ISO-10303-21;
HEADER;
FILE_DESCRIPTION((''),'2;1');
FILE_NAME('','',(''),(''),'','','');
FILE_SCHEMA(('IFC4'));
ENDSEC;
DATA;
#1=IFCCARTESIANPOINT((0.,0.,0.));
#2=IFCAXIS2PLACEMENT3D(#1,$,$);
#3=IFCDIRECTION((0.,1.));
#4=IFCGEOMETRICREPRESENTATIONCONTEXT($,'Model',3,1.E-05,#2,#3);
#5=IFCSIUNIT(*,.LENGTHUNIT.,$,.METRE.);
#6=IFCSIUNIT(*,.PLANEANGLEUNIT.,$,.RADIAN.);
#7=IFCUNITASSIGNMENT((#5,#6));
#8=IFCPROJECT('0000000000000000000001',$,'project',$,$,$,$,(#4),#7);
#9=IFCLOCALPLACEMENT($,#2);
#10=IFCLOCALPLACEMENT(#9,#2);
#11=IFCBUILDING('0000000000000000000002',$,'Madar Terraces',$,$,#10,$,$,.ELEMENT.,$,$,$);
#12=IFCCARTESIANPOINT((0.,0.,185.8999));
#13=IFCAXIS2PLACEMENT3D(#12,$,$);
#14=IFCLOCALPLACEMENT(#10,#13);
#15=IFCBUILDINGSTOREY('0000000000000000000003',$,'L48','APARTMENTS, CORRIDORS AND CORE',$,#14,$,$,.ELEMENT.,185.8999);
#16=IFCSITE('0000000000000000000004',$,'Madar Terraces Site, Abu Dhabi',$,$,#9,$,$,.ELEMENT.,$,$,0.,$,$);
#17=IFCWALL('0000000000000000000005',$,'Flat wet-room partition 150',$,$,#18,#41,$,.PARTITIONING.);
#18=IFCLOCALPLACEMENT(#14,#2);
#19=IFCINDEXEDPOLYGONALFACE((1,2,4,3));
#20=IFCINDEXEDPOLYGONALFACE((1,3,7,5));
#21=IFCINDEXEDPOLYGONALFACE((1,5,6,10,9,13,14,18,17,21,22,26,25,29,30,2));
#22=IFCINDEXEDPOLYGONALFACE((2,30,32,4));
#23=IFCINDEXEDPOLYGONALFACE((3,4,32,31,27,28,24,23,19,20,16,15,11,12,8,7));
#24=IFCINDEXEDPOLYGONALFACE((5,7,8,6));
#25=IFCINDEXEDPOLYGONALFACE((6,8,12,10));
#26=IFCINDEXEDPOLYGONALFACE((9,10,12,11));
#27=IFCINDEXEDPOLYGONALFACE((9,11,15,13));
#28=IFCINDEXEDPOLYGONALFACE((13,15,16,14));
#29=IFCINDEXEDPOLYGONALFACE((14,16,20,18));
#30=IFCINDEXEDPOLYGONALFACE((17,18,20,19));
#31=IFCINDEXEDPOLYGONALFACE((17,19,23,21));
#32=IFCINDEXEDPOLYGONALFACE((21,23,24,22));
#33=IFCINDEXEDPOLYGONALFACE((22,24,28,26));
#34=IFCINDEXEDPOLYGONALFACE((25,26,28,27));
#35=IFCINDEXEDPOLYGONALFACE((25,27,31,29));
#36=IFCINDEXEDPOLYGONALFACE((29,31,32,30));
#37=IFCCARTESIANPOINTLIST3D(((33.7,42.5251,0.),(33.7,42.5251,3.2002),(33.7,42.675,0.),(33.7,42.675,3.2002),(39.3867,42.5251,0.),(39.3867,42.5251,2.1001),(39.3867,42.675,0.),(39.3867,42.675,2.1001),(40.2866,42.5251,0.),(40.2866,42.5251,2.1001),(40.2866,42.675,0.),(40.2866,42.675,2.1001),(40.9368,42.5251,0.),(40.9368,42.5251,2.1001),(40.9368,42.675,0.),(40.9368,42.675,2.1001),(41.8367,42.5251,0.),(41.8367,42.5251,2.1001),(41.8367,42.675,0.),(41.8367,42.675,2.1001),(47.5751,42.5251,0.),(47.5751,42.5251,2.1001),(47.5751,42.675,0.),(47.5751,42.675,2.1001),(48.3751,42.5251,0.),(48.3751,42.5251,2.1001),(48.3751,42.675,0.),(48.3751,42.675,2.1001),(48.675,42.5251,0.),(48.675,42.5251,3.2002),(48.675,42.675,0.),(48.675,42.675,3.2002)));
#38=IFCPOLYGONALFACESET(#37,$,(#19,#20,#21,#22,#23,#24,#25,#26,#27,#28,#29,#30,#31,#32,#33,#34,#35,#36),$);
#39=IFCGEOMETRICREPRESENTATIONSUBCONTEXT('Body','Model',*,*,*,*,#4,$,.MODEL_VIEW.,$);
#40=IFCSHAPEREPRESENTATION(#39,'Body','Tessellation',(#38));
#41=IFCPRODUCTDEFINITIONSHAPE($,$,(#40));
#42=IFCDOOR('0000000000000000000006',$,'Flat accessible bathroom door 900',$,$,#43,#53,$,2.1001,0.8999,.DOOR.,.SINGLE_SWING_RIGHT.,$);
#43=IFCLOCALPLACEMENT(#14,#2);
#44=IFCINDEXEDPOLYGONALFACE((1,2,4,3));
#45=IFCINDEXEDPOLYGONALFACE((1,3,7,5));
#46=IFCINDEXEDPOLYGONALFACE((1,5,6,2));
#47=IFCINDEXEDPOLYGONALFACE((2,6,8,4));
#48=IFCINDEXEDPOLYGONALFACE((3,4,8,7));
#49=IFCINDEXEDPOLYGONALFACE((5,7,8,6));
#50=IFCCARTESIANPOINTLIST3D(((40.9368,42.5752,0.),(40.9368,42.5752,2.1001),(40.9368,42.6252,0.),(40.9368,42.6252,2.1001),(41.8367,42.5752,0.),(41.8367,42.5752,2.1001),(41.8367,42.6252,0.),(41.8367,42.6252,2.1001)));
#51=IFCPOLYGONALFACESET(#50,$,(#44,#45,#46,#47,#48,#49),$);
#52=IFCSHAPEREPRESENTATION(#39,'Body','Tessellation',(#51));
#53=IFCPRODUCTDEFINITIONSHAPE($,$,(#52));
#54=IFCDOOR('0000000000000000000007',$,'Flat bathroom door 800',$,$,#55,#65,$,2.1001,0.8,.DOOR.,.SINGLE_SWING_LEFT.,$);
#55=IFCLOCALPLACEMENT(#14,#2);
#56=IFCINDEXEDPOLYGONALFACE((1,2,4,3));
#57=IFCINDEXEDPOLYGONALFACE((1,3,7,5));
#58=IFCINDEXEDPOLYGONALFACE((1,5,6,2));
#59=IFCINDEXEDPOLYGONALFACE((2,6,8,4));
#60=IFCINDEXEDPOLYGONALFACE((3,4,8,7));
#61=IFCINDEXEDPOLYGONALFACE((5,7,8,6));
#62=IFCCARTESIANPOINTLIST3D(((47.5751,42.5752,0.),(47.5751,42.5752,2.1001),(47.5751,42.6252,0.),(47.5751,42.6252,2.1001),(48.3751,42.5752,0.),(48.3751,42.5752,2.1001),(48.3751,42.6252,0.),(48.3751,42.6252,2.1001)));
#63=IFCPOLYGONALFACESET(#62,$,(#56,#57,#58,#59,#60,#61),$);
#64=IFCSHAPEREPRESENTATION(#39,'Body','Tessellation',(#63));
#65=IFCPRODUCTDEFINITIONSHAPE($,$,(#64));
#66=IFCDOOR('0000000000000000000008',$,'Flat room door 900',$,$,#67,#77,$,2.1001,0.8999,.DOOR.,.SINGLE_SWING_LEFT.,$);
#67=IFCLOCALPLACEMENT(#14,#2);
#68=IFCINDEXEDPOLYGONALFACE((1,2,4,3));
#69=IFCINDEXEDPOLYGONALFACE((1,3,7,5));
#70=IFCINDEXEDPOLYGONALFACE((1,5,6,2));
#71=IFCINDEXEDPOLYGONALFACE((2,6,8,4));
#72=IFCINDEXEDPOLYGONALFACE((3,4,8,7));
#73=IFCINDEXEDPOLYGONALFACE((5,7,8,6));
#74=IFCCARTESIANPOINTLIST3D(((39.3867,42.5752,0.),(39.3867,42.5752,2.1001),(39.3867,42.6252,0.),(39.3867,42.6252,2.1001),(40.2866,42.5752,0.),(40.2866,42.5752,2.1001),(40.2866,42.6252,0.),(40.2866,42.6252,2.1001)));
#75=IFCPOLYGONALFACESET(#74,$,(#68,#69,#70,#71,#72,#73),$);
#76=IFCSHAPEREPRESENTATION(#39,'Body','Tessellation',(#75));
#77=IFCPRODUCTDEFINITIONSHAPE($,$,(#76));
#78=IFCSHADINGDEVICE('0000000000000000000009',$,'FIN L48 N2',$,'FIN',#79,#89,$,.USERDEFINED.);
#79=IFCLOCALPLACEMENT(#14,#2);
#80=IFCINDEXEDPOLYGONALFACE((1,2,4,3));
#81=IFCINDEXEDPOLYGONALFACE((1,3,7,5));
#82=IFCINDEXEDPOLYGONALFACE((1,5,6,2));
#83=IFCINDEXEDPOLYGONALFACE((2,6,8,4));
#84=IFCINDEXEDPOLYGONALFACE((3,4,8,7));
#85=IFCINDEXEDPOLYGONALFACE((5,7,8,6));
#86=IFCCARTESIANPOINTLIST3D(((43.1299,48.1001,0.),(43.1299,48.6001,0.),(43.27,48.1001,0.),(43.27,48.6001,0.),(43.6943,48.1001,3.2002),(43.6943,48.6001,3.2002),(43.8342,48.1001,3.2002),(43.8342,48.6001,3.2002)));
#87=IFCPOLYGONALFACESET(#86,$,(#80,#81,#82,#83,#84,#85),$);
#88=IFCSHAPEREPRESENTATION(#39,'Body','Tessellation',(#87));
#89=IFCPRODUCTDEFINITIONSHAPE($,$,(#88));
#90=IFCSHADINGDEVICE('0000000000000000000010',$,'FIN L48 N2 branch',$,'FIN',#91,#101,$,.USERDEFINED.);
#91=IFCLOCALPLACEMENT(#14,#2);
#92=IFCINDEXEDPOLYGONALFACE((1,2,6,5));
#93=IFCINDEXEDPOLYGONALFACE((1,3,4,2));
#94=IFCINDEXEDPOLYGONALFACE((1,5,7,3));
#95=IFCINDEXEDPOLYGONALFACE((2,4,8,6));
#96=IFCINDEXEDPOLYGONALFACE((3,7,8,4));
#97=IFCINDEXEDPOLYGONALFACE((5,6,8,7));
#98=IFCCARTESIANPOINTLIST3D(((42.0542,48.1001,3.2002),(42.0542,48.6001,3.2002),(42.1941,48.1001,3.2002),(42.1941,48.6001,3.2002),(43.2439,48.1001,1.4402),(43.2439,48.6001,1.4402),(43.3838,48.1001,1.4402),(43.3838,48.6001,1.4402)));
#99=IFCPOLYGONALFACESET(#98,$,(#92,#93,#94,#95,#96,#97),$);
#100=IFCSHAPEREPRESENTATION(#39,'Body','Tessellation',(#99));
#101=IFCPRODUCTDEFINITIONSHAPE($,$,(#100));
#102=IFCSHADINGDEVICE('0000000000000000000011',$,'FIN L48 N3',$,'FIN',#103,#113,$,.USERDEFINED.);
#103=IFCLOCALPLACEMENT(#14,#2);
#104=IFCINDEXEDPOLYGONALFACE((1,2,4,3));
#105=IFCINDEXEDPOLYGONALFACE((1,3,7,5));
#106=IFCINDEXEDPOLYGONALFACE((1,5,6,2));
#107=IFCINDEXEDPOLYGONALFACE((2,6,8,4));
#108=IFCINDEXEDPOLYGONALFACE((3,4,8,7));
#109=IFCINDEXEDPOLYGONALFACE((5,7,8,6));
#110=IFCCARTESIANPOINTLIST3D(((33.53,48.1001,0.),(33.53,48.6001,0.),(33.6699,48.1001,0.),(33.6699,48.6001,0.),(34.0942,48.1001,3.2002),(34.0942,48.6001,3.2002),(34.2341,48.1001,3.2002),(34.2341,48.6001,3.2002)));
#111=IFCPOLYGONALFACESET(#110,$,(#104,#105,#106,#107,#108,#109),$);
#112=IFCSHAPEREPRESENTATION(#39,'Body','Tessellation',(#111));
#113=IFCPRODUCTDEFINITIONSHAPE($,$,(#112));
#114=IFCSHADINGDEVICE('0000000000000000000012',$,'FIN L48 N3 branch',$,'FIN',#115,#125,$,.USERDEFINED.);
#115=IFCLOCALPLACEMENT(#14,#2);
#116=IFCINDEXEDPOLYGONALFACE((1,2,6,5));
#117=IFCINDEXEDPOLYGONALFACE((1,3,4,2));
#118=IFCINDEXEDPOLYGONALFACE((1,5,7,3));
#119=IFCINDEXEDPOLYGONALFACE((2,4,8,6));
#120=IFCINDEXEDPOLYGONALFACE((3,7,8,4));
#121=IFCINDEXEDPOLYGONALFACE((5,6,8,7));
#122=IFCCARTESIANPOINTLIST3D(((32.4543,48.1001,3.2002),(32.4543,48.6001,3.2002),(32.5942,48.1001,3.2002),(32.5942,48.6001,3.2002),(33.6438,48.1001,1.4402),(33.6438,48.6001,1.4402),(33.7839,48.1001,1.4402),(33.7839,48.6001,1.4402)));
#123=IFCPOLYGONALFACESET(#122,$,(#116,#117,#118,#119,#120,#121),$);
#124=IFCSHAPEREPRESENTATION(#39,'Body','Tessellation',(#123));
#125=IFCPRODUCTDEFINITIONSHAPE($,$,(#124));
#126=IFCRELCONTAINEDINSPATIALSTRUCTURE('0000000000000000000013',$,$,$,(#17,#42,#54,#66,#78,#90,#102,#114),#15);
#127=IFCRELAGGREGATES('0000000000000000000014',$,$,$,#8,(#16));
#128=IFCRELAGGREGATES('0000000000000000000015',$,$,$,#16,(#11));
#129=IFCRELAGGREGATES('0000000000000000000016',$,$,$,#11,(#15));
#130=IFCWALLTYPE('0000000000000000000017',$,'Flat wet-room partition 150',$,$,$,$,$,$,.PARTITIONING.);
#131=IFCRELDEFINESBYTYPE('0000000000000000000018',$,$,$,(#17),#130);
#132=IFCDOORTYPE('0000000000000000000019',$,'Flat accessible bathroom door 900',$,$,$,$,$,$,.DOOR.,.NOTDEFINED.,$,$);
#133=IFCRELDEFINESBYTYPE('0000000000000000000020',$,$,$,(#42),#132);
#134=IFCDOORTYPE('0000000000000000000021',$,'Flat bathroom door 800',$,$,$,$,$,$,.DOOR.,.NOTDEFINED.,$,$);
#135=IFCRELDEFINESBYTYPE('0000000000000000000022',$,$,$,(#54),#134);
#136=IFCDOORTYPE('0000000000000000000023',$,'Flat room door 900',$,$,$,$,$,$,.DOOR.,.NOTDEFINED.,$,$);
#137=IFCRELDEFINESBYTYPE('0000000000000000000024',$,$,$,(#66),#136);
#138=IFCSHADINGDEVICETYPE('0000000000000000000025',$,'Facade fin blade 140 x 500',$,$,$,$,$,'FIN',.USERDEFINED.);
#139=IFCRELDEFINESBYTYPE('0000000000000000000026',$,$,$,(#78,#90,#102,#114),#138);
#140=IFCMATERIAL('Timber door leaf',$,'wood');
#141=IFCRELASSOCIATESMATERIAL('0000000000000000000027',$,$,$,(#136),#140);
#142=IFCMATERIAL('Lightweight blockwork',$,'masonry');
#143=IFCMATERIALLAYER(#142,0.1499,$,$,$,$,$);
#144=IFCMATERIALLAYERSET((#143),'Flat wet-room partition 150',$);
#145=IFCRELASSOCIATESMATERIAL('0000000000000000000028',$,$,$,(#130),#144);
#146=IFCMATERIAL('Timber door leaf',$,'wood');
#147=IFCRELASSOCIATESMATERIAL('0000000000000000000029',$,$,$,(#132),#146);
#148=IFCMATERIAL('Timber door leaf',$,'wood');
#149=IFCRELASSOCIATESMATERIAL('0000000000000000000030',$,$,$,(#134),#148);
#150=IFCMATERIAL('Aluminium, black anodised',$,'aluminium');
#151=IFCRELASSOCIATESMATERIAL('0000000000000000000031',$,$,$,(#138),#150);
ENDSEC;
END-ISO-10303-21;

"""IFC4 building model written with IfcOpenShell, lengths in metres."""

from ifc_helpers import new_model, si_unit, direction, frame, frame_2d, origin, place, context, subcontext, project, spatial, polyline, rectangle, outline, extrude, material, layer, layer_set, type_object, element, fill, save


model = new_model("IFC4")

# Units and contexts
model_context = context("Model", 3, precision=1e-05, world=origin(), true_north=direction((0.0, 1.0)))
body_context = subcontext(model_context, "Body", "Model", "MODEL_VIEW")
ifc_project = project(units=[si_unit("LENGTHUNIT", "METRE"), si_unit("PLANEANGLEUNIT", "RADIAN")], contexts=[model_context])

# Site, building, storey
site_placement = place(None, origin())
site = spatial("IfcSite", under=ifc_project, at=site_placement, Name="Madar Terraces Site, Abu Dhabi", CompositionType="ELEMENT", RefElevation=0.0)
building_placement = place(site_placement, origin())
building = spatial("IfcBuilding", under=site, at=building_placement, Name="Madar Terraces", CompositionType="ELEMENT")
storey_placement = place(building_placement, frame((0.0, 0.0, 185.8999)))
storey = spatial("IfcBuildingStorey", under=building, at=storey_placement, Name="L48", Description="APARTMENTS, CORRIDORS AND CORE", CompositionType="ELEMENT", Elevation=185.8999)

# Shared definitions
ifc_material_1 = material(Name="Timber door leaf", Category="wood")
door_type_1 = type_object("IfcDoorType", Name="Flat room door 900", OperationType="NOTDEFINED", PredefinedType="DOOR", material=ifc_material_1)

# Shared definitions
ifc_material_2 = material(Name="Lightweight blockwork", Category="masonry")
ifc_layer_1 = layer(ifc_material_2, 0.1499)
ifc_layer_set_1 = layer_set([ifc_layer_1], Name="Flat wet-room partition 150")
wall_type_1 = type_object("IfcWallType", Name="Flat wet-room partition 150", PredefinedType="PARTITIONING", material=ifc_layer_set_1)

# Wall, openings, doors
wall_1_placement = place(storey_placement, frame((48.675, 42.6001, 0.0), z_axis=(0.0, 0.0, 1.0), x_axis=(-1.0, 0.0, 0.0)))
wall_1 = element("IfcWall", 1, at=wall_1_placement, inside=storey, type_object=wall_type_1, Name="Flat wet-room partition 150", PredefinedType="PARTITIONING", context=body_context, shape_type="SweptSolid", body=[
    extrude(rectangle(XDim=14.9751, YDim=0.1499, at=frame_2d((7.4875, 0.0))), origin(), (0.0, 0.0, 1.0), 3.2002),
])
opening_1_placement = place(wall_1_placement, frame((0.3, 0.0, 0.0)))
opening_1 = element("IfcOpeningElement", 2, at=opening_1_placement, cuts=wall_1, PredefinedType="OPENING", context=body_context, shape_type="SweptSolid", body=[
    extrude(rectangle(XDim=0.8, YDim=2.1001, at=frame_2d((0.3999, 1.05))), frame((0.0, 0.085, 0.0), z_axis=(0.0, -1.0, 0.0), x_axis=(1.0, 0.0, 0.0)), (0.0, 0.0, 1.0), 0.1699),
])
opening_2_placement = place(wall_1_placement, frame((6.8384, 0.0, 0.0)))
opening_2 = element("IfcOpeningElement", 3, at=opening_2_placement, cuts=wall_1, PredefinedType="OPENING", context=body_context, shape_type="SweptSolid", body=[
    extrude(rectangle(XDim=0.8999, YDim=2.1001, at=frame_2d((0.45, 1.05))), frame((0.0, 0.085, 0.0), z_axis=(0.0, -1.0, 0.0), x_axis=(1.0, 0.0, 0.0)), (0.0, 0.0, 1.0), 0.1699),
])
opening_3_placement = place(wall_1_placement, frame((8.3884, 0.0, 0.0)))
opening_3 = element("IfcOpeningElement", 4, at=opening_3_placement, cuts=wall_1, PredefinedType="OPENING", context=body_context, shape_type="SweptSolid", body=[
    extrude(rectangle(XDim=0.8999, YDim=2.1001, at=frame_2d((0.45, 1.05))), frame((0.0, 0.085, 0.0), z_axis=(0.0, -1.0, 0.0), x_axis=(1.0, 0.0, 0.0)), (0.0, 0.0, 1.0), 0.1699),
])
ifc_material_3 = material(Name="Timber door leaf", Category="wood")
door_type_2 = type_object("IfcDoorType", Name="Flat accessible bathroom door 900", OperationType="NOTDEFINED", PredefinedType="DOOR", material=ifc_material_3)
door_1_placement = place(opening_2_placement, origin())
door_1 = element("IfcDoor", 5, at=door_1_placement, inside=storey, type_object=door_type_2, Name="Flat accessible bathroom door 900", OperationType="SINGLE_SWING_RIGHT", OverallHeight=2.1001, OverallWidth=0.8999, PredefinedType="DOOR", context=body_context, shape_type="SweptSolid", body=[
    extrude(rectangle(XDim=0.8999, YDim=2.1001, at=frame_2d((0.45, 1.05))), frame((0.0, 0.0249, 0.0), z_axis=(0.0, -1.0, 0.0), x_axis=(1.0, 0.0, 0.0)), (0.0, 0.0, 1.0), 0.05),
])
fill(opening_2, door_1)
ifc_material_4 = material(Name="Timber door leaf", Category="wood")
door_type_3 = type_object("IfcDoorType", Name="Flat bathroom door 800", OperationType="NOTDEFINED", PredefinedType="DOOR", material=ifc_material_4)
door_2_placement = place(opening_1_placement, origin())
door_2 = element("IfcDoor", 6, at=door_2_placement, inside=storey, type_object=door_type_3, Name="Flat bathroom door 800", OperationType="SINGLE_SWING_LEFT", OverallHeight=2.1001, OverallWidth=0.8, PredefinedType="DOOR", context=body_context, shape_type="SweptSolid", body=[
    extrude(rectangle(XDim=0.8, YDim=2.1001, at=frame_2d((0.3999, 1.05))), frame((0.0, 0.0249, 0.0), z_axis=(0.0, -1.0, 0.0), x_axis=(1.0, 0.0, 0.0)), (0.0, 0.0, 1.0), 0.05),
])
fill(opening_1, door_2)
door_3_placement = place(opening_3_placement, origin())
door_3 = element("IfcDoor", 7, at=door_3_placement, inside=storey, type_object=door_type_1, Name="Flat room door 900", OperationType="SINGLE_SWING_LEFT", OverallHeight=2.1001, OverallWidth=0.8999, PredefinedType="DOOR", context=body_context, shape_type="SweptSolid", body=[
    extrude(rectangle(XDim=0.8999, YDim=2.1001, at=frame_2d((0.45, 1.05))), frame((0.0, 0.0249, 0.0), z_axis=(0.0, -1.0, 0.0), x_axis=(1.0, 0.0, 0.0)), (0.0, 0.0, 1.0), 0.05),
])
fill(opening_3, door_3)

# Shading devices
ifc_material_5 = material(Name="Aluminium, black anodised", Category="aluminium")
shading_device_type = type_object("IfcShadingDeviceType", Name="Facade fin blade 140 x 500", ElementType="FIN", PredefinedType="USERDEFINED", material=ifc_material_5)
shading_device_1_placement = place(storey_placement, frame((43.27, 48.3501, 0.0), z_axis=(0.0, 0.0, 1.0), x_axis=(-1.0, 0.0, 0.0)))
element("IfcShadingDevice", 8, at=shading_device_1_placement, inside=storey, type_object=shading_device_type, Name="FIN L48 N2", ObjectType="FIN", PredefinedType="USERDEFINED", context=body_context, shape_type="SweptSolid", body=[
    extrude(outline(polyline([(0.0, 0.0), (0.1401, 0.0), (-0.4243, 3.2002), (-0.5642, 3.2002), (0.0, 0.0)])), frame((0.0, 0.25, 0.0), z_axis=(0.0, -1.0, 0.0), x_axis=(1.0, 0.0, 0.0)), (0.0, 0.0, 1.0), 0.5),
])
shading_device_2_placement = place(storey_placement, frame((43.3838, 48.3501, 1.4402), z_axis=(0.0, 0.0, 1.0), x_axis=(-1.0, 0.0, 0.0)))
element("IfcShadingDevice", 9, at=shading_device_2_placement, inside=storey, type_object=shading_device_type, Name="FIN L48 N2 branch", ObjectType="FIN", PredefinedType="USERDEFINED", context=body_context, shape_type="SweptSolid", body=[
    extrude(outline(polyline([(0.0, 0.0), (0.1399, 0.0), (1.3296, 1.76), (1.1897, 1.76), (0.0, 0.0)])), frame((0.0, 0.25, 0.0), z_axis=(0.0, -1.0, 0.0), x_axis=(1.0, 0.0, 0.0)), (0.0, 0.0, 1.0), 0.5),
])
shading_device_3_placement = place(storey_placement, frame((33.6699, 48.3501, 0.0), z_axis=(0.0, 0.0, 1.0), x_axis=(-1.0, 0.0, 0.0)))
element("IfcShadingDevice", 10, at=shading_device_3_placement, inside=storey, type_object=shading_device_type, Name="FIN L48 N3", ObjectType="FIN", PredefinedType="USERDEFINED", context=body_context, shape_type="SweptSolid", body=[
    extrude(outline(polyline([(0.0, 0.0), (0.1399, 0.0), (-0.4243, 3.2002), (-0.5642, 3.2002), (0.0, 0.0)])), frame((0.0, 0.25, 0.0), z_axis=(0.0, -1.0, 0.0), x_axis=(1.0, 0.0, 0.0)), (0.0, 0.0, 1.0), 0.5),
])
shading_device_4_placement = place(storey_placement, frame((33.7839, 48.3501, 1.4402), z_axis=(0.0, 0.0, 1.0), x_axis=(-1.0, 0.0, 0.0)))
element("IfcShadingDevice", 11, at=shading_device_4_placement, inside=storey, type_object=shading_device_type, Name="FIN L48 N3 branch", ObjectType="FIN", PredefinedType="USERDEFINED", context=body_context, shape_type="SweptSolid", body=[
    extrude(outline(polyline([(0.0, 0.0), (0.1401, 0.0), (1.3296, 1.76), (1.1897, 1.76), (0.0, 0.0)])), frame((0.0, 0.25, 0.0), z_axis=(0.0, -1.0, 0.0), x_axis=(1.0, 0.0, 0.0)), (0.0, 0.0, 1.0), 0.5),
])

save(model, "model.ifc")
